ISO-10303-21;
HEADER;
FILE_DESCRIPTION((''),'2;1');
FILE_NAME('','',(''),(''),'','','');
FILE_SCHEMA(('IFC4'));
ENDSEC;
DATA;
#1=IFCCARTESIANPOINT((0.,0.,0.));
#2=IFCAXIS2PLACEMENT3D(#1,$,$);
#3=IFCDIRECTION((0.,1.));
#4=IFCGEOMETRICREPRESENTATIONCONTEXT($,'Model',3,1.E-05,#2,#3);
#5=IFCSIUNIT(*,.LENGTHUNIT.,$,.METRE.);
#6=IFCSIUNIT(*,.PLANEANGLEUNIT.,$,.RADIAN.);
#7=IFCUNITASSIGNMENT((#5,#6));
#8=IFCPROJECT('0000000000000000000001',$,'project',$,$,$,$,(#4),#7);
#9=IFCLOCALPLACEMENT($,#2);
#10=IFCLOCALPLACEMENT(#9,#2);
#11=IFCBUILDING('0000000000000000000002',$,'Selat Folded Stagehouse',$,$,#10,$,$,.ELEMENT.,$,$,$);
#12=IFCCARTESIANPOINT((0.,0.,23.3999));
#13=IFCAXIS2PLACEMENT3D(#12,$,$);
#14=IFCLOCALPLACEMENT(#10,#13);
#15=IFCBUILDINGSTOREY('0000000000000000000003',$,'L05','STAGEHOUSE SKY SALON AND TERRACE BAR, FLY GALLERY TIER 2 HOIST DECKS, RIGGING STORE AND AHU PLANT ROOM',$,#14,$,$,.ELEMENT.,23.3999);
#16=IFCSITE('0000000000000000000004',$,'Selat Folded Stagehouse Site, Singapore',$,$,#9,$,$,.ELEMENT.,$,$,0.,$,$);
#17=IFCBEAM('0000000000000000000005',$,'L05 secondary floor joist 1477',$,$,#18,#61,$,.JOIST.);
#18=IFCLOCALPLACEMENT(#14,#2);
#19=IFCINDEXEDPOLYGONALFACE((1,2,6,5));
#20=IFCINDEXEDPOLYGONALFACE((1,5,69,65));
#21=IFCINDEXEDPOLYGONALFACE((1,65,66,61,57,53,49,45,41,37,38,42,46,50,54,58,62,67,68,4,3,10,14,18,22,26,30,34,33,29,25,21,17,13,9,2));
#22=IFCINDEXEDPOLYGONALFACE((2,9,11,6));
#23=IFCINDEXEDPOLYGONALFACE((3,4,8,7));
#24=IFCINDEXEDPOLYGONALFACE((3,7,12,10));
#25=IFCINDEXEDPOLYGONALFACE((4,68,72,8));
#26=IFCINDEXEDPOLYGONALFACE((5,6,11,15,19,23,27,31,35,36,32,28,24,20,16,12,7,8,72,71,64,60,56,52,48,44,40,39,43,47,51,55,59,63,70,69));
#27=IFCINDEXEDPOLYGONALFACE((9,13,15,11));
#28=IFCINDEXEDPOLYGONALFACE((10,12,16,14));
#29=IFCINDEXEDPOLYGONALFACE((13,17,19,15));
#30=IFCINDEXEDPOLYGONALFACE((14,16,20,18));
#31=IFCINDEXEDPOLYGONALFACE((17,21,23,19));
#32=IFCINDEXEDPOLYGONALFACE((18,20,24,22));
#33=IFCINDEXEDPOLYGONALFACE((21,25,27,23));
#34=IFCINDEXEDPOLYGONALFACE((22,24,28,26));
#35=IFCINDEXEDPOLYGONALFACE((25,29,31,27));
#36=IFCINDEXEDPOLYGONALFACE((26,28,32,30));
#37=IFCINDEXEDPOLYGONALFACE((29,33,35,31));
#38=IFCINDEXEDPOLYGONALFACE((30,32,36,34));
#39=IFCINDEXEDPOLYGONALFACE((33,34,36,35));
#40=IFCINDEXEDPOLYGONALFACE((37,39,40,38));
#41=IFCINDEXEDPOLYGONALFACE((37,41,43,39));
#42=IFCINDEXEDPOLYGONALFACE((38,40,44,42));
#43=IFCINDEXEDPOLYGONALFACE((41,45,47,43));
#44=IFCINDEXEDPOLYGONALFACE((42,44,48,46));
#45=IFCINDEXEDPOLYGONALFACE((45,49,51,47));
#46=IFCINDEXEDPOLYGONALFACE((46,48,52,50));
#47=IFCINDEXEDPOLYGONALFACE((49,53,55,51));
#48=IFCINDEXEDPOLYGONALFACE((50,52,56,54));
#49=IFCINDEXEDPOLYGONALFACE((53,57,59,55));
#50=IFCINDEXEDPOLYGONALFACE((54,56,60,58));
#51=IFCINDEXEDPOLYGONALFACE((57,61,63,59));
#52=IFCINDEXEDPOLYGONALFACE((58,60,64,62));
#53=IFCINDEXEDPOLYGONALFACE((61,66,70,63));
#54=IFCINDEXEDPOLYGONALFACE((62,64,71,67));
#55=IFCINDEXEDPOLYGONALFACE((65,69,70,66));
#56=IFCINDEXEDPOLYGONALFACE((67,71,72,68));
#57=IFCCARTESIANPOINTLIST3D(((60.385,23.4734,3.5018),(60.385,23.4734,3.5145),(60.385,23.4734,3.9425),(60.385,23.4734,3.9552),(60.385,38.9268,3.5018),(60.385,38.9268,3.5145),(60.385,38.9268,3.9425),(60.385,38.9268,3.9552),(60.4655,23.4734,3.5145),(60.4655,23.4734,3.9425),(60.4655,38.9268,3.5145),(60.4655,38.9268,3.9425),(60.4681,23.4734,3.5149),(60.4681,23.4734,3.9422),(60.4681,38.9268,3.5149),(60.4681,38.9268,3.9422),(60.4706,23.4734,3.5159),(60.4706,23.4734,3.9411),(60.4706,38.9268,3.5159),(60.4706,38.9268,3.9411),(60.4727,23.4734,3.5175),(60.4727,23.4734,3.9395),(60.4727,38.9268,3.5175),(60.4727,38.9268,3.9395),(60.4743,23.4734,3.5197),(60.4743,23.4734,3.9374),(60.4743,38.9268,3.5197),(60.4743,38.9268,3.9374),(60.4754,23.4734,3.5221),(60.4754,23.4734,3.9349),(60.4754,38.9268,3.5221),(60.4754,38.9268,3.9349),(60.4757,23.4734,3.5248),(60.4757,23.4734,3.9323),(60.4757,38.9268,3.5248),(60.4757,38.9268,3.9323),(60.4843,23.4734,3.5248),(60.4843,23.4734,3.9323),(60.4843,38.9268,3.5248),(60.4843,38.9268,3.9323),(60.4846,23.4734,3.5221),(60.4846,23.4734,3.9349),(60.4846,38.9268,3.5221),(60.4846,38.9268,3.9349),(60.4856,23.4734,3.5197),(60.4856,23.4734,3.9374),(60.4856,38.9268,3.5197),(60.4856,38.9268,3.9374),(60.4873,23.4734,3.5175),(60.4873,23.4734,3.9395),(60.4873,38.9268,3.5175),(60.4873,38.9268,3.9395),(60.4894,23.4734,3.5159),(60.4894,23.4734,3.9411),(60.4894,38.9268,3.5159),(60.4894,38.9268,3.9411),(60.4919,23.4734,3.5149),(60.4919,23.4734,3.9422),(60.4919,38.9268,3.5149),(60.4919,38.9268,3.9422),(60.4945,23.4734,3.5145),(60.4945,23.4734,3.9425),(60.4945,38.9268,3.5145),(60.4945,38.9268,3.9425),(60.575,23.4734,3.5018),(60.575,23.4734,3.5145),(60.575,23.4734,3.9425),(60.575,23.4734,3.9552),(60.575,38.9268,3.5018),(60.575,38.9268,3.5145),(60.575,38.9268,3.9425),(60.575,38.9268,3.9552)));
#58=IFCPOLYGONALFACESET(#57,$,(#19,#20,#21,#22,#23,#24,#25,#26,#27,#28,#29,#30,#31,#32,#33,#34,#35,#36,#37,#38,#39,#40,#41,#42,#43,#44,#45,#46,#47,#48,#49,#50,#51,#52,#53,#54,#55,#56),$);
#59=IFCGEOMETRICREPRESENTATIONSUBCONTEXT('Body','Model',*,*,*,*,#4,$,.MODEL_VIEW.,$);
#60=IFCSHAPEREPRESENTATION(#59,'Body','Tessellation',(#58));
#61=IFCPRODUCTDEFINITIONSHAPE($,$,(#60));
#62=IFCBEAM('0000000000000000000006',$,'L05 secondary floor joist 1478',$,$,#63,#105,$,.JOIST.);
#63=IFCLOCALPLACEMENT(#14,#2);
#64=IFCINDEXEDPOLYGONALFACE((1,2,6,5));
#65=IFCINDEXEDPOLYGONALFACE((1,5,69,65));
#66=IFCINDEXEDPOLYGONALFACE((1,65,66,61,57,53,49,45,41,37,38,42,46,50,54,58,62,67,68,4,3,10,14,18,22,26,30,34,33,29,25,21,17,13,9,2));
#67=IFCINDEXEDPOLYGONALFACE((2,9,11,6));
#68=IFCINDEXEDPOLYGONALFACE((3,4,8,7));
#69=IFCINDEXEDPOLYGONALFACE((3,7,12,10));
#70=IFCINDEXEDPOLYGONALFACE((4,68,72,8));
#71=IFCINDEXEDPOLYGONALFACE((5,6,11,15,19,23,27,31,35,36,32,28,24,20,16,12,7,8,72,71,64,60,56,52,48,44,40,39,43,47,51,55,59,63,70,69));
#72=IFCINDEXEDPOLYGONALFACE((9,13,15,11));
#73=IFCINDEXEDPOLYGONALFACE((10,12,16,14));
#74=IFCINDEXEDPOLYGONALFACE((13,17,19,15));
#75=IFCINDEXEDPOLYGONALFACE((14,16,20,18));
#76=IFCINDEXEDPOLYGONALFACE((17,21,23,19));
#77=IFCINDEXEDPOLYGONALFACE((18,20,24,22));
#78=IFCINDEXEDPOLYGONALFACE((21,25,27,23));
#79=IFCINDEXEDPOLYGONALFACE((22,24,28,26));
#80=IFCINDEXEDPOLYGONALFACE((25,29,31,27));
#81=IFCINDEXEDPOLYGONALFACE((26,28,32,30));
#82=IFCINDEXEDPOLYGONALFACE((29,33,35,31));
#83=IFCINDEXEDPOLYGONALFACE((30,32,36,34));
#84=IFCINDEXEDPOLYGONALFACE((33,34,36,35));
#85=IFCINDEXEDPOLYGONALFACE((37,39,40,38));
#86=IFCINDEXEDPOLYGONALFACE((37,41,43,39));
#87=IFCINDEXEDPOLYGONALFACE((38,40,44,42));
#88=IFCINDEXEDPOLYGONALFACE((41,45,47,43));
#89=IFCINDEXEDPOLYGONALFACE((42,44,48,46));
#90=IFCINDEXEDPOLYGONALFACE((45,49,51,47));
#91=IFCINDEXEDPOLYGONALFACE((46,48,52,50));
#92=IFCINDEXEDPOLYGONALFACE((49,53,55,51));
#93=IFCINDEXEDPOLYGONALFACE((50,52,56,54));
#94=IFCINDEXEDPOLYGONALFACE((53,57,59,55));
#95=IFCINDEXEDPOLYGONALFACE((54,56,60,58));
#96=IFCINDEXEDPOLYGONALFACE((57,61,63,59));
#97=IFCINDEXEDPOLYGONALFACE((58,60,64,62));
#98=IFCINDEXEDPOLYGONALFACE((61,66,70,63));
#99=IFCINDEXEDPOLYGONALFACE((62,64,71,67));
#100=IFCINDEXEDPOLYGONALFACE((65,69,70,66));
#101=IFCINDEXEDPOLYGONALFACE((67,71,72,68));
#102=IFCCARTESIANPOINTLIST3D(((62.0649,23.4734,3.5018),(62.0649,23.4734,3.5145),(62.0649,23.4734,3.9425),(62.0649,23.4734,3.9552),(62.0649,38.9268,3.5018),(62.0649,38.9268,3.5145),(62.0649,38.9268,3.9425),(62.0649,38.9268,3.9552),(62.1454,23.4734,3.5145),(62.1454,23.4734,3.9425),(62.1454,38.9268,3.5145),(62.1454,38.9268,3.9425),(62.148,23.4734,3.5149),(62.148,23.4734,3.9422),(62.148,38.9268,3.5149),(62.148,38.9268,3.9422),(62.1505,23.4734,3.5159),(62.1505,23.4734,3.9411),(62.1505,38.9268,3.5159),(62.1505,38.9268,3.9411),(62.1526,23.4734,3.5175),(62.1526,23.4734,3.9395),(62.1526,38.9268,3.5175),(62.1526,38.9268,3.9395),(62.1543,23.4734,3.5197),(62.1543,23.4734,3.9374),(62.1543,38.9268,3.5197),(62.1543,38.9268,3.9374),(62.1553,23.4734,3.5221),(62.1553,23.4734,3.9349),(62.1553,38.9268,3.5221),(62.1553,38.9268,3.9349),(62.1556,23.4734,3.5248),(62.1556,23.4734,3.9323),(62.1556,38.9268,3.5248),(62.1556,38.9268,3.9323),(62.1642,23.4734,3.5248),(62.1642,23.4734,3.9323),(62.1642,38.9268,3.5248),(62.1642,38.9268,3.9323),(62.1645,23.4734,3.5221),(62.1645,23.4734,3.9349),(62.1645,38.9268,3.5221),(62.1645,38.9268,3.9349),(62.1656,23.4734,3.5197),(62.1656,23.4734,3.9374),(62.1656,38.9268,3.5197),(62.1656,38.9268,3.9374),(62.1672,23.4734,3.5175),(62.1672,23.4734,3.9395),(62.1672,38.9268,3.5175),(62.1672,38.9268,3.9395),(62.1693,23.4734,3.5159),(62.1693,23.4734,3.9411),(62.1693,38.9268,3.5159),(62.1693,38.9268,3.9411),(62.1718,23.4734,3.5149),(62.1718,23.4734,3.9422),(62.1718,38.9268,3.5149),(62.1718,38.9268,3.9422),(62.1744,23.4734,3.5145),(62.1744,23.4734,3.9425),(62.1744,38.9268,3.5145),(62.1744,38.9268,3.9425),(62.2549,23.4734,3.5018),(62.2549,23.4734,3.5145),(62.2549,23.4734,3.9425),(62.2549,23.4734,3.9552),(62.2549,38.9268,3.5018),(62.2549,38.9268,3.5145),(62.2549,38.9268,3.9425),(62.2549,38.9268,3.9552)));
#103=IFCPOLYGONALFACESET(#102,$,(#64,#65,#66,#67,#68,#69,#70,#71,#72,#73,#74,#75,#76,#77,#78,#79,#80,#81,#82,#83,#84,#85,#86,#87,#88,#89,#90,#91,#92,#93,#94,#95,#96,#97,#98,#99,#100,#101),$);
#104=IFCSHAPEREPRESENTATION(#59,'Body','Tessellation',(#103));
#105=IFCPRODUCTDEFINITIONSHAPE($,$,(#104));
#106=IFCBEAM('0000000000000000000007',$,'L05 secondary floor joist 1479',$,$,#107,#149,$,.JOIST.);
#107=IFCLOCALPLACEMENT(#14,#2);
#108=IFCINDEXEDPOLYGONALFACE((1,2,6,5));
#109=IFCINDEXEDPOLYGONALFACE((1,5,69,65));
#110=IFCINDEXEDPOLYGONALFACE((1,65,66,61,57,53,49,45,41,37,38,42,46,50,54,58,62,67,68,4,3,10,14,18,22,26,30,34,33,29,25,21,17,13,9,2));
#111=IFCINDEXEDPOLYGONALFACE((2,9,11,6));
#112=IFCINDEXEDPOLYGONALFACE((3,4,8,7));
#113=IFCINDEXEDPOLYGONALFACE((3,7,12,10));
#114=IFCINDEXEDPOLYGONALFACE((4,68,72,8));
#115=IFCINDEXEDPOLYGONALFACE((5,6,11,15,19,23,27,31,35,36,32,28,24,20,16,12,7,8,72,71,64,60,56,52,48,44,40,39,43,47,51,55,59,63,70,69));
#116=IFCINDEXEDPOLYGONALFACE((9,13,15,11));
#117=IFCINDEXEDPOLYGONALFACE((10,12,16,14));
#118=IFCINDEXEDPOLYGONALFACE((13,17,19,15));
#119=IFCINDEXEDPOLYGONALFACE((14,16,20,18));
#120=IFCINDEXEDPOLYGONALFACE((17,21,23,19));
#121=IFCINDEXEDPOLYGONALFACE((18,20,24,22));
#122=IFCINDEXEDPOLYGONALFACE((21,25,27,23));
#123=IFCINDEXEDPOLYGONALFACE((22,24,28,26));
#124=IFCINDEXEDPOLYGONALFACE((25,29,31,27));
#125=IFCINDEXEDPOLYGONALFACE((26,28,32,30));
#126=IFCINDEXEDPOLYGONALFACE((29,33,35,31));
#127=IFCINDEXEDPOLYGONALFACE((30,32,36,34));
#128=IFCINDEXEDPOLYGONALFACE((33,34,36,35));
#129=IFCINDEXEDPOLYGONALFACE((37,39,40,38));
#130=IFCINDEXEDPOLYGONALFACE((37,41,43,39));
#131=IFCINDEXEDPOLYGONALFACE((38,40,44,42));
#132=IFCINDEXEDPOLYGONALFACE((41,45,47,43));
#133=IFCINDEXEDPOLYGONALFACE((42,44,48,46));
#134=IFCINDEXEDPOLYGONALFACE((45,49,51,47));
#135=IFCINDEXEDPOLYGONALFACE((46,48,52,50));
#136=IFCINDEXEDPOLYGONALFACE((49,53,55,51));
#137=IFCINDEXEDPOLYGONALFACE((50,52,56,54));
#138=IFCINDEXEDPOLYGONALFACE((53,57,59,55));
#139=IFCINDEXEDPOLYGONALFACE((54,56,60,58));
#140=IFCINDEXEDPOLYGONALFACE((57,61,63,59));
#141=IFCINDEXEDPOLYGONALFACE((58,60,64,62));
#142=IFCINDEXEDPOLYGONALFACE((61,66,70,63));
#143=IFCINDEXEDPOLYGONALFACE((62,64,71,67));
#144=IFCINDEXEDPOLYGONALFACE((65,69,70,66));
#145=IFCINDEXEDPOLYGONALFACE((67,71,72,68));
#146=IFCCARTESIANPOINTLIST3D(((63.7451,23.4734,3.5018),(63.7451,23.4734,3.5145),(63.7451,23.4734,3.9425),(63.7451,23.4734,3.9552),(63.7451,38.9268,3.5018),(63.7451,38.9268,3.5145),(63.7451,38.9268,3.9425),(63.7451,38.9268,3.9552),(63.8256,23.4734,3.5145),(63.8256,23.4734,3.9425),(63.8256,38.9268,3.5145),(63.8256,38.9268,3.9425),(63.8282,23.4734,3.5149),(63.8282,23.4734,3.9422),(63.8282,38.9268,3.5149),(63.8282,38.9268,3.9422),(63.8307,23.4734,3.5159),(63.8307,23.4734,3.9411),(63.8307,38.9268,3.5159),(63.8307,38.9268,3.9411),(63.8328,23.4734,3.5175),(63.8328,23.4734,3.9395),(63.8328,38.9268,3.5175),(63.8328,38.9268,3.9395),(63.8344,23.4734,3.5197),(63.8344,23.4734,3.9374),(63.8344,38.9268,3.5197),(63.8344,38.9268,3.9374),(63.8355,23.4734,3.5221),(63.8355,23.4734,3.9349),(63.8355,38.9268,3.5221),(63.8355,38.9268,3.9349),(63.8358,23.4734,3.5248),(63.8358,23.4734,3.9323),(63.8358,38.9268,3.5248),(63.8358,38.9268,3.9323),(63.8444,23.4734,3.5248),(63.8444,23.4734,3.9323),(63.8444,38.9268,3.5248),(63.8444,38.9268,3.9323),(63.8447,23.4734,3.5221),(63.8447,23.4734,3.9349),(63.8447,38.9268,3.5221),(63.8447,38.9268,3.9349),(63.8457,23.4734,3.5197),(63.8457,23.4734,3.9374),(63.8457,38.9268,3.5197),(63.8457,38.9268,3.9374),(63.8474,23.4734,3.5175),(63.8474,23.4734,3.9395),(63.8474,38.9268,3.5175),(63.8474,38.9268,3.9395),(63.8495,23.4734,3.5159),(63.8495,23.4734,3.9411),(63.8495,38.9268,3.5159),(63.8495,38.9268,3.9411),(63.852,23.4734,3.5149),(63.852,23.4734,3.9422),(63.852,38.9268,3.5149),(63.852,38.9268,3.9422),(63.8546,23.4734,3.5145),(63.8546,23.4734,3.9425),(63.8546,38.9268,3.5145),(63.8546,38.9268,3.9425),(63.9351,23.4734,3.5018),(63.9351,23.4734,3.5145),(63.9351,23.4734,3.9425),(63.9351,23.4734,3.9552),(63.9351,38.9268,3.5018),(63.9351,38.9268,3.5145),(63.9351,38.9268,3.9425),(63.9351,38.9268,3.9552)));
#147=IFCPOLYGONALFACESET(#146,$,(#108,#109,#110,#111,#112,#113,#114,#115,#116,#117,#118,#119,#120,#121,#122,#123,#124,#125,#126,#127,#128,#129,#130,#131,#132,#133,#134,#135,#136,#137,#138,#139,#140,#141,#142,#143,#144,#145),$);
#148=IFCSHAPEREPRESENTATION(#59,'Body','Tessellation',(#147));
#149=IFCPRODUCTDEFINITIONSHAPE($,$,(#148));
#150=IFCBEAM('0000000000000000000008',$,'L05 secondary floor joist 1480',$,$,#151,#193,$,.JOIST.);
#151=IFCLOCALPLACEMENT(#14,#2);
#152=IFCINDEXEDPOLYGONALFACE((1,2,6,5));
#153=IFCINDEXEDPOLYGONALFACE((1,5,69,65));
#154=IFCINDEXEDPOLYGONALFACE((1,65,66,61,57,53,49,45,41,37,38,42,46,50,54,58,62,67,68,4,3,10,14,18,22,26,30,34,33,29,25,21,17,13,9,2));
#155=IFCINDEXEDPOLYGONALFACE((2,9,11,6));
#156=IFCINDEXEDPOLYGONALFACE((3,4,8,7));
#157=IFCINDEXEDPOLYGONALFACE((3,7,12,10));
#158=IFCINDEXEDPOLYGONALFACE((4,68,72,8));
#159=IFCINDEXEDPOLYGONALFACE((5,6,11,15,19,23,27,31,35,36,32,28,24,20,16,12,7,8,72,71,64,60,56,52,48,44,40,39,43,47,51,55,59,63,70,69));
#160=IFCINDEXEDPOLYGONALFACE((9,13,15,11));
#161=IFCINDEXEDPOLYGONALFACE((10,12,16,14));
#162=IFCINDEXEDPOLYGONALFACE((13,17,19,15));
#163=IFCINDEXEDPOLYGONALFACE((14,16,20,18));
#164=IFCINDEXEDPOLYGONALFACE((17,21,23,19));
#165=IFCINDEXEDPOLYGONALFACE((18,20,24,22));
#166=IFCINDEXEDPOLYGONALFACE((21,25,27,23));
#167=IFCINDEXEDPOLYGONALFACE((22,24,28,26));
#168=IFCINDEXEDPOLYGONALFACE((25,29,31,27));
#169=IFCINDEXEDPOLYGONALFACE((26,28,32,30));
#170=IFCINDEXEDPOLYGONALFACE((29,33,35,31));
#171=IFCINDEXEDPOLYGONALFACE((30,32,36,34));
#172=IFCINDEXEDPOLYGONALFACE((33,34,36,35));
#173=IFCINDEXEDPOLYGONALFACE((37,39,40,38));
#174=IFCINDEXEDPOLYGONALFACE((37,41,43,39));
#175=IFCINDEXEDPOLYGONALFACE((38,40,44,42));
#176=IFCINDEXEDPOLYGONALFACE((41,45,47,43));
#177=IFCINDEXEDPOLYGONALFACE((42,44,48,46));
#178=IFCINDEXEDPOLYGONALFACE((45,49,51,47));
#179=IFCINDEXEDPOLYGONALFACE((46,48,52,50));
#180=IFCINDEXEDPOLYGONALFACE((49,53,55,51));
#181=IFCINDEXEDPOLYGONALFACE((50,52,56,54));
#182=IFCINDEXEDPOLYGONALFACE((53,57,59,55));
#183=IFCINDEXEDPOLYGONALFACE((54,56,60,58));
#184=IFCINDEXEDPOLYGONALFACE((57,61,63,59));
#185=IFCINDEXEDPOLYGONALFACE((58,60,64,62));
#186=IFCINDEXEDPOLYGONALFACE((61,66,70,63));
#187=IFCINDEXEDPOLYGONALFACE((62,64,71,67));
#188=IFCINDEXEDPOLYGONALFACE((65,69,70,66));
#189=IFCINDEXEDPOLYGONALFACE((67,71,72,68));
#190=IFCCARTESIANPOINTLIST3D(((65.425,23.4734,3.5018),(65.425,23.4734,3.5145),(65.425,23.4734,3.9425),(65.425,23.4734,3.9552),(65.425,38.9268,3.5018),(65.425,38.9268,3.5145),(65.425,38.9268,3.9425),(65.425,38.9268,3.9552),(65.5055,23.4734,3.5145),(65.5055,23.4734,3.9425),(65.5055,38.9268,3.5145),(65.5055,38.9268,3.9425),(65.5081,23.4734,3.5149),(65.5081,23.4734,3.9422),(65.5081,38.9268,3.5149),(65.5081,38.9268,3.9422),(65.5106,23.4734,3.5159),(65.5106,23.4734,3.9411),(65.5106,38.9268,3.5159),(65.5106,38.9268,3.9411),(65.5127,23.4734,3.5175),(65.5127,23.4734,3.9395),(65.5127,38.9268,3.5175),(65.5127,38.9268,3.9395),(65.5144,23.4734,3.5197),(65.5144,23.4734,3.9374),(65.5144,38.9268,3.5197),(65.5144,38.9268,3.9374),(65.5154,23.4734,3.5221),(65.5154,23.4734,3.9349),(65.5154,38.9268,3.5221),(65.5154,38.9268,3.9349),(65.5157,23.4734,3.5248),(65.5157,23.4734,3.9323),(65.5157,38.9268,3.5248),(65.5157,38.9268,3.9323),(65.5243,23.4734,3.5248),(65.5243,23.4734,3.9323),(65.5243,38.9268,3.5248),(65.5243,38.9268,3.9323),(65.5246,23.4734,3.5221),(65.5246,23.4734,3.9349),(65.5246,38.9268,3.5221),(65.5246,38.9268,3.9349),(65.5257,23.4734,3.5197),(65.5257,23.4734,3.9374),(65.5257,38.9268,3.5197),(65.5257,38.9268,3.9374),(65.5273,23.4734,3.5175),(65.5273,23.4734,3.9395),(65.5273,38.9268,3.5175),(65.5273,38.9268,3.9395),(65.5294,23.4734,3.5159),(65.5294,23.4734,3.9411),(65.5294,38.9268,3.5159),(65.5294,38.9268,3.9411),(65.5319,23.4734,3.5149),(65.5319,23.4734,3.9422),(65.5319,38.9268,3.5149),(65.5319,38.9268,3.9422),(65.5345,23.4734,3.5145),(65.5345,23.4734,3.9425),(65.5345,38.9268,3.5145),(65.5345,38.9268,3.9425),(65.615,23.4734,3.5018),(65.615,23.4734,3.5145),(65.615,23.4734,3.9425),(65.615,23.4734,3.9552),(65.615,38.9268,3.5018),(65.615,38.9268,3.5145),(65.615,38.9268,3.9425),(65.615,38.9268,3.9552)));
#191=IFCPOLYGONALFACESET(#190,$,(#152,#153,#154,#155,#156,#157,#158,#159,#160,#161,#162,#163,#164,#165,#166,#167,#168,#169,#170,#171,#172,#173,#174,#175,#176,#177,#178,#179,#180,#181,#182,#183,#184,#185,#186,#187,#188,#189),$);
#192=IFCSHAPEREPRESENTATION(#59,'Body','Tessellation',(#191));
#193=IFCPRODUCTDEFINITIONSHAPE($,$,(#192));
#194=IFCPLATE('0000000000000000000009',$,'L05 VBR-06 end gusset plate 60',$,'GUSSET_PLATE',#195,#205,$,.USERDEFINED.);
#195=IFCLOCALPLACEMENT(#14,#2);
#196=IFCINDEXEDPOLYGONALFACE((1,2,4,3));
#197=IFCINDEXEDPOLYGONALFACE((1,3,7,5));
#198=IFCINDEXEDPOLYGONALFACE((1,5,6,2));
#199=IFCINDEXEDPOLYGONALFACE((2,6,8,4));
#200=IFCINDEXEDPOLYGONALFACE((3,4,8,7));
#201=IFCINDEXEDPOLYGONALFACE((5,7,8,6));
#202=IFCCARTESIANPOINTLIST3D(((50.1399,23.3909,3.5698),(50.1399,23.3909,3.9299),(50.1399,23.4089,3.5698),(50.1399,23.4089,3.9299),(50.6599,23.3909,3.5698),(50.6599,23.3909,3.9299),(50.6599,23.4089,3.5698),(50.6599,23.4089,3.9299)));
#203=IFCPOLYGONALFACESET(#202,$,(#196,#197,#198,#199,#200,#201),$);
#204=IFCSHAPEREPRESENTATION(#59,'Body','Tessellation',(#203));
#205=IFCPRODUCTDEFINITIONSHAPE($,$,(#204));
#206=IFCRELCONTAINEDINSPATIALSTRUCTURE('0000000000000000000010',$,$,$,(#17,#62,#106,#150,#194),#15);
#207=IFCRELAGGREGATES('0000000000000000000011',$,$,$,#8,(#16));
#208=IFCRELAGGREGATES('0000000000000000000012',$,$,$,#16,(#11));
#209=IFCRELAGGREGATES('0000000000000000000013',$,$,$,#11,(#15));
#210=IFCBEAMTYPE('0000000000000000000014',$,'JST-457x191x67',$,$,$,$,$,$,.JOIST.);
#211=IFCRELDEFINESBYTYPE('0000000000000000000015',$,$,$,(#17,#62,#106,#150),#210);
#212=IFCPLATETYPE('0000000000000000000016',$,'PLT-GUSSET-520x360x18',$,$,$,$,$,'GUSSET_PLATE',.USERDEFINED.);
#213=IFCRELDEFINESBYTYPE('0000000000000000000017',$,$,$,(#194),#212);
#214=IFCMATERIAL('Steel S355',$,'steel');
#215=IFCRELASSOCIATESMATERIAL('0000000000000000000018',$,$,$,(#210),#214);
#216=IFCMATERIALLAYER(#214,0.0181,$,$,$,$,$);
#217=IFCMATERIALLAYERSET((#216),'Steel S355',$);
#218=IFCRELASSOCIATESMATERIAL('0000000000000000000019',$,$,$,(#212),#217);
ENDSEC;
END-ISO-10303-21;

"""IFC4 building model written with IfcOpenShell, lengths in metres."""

from ifc_helpers import new_model, si_unit, direction, frame, origin, origin_2d, place, context, subcontext, project, spatial, rectangle, i_section, extrude, material, layer, layer_set, material_profile, profile_set, type_object, element, save


model = new_model("IFC4")

# Units and contexts
model_context = context("Model", 3, precision=1e-05, world=origin(), true_north=direction((0.0, 1.0)))
body_context = subcontext(model_context, "Body", "Model", "MODEL_VIEW")
ifc_project = project(units=[si_unit("LENGTHUNIT", "METRE"), si_unit("PLANEANGLEUNIT", "RADIAN")], contexts=[model_context])

# Site, building, storey
site_placement = place(None, origin())
site = spatial("IfcSite", under=ifc_project, at=site_placement, Name="Selat Folded Stagehouse Site, Singapore", CompositionType="ELEMENT", RefElevation=0.0)
building_placement = place(site_placement, origin())
building = spatial("IfcBuilding", under=site, at=building_placement, Name="Selat Folded Stagehouse", CompositionType="ELEMENT")
storey_placement = place(building_placement, frame((0.0, 0.0, 23.3999)))
storey = spatial("IfcBuildingStorey", under=building, at=storey_placement, Name="L05", Description="STAGEHOUSE SKY SALON AND TERRACE BAR, FLY GALLERY TIER 2 HOIST DECKS, RIGGING STORE AND AHU PLANT ROOM", CompositionType="ELEMENT", Elevation=23.3999)

# Shared definitions
ifc_material_1 = material(Name="Steel S355", Category="steel")

# Beams
ifc_material_profile_1 = material_profile(ifc_material_1, i_section(OverallWidth=0.1899, OverallDepth=0.4534, WebThickness=0.0085, FlangeThickness=0.0127, FilletRadius=0.0103, at=origin_2d()), Name="UKB 457x191x67")
ifc_profile_set_1 = profile_set([ifc_material_profile_1], Name="Steel S355")
beam_type_1 = type_object("IfcBeamType", Name="JST-457x191x67", PredefinedType="JOIST", material=ifc_profile_set_1)
for number, where, z_axis, x_axis, name in (
    (1, (60.48, 23.4734, 3.7285), (0.0, 1.0, 0.0), (-1.0, 0.0, 0.0), "L05 secondary floor joist 1477"),
    (2, (62.1599, 23.4734, 3.7285), (0.0, 1.0, 0.0), (-1.0, 0.0, 0.0), "L05 secondary floor joist 1478"),
    (3, (63.8401, 23.4734, 3.7285), (0.0, 1.0, 0.0), (-1.0, 0.0, 0.0), "L05 secondary floor joist 1479"),
    (4, (65.52, 23.4734, 3.7285), (0.0, 1.0, 0.0), (-1.0, 0.0, 0.0), "L05 secondary floor joist 1480"),
):
    element("IfcBeam", number, at=place(storey_placement, frame(where, z_axis=z_axis, x_axis=x_axis)), inside=storey, type_object=beam_type_1, Name=name, PredefinedType="JOIST", context=body_context, shape_type="SweptSolid", body=[
        extrude(i_section(OverallWidth=0.1899, OverallDepth=0.4534, WebThickness=0.0085, FlangeThickness=0.0127, FilletRadius=0.0103, at=origin_2d()), origin(), (0.0, 0.0, 1.0), 15.4534),
    ])

# Plate
ifc_layer_1 = layer(ifc_material_1, 0.0181)
ifc_layer_set_1 = layer_set([ifc_layer_1], Name="Steel S355")
plate_type = type_object("IfcPlateType", Name="PLT-GUSSET-520x360x18", ElementType="GUSSET_PLATE", PredefinedType="USERDEFINED", material=ifc_layer_set_1)
plate_placement = place(storey_placement, frame((50.3999, 23.3999, 3.5698), z_axis=(0.0, 0.0, 1.0), x_axis=(1.0, 0.0, 0.0)))
element("IfcPlate", 5, at=plate_placement, inside=storey, type_object=plate_type, Name="L05 VBR-06 end gusset plate 60", ObjectType="GUSSET_PLATE", PredefinedType="USERDEFINED", context=body_context, shape_type="SweptSolid", body=[
    extrude(rectangle(XDim=0.52, YDim=0.0181, at=origin_2d()), origin(), (0.0, 0.0, 1.0), 0.3601),
])

save(model, "model.ifc")
